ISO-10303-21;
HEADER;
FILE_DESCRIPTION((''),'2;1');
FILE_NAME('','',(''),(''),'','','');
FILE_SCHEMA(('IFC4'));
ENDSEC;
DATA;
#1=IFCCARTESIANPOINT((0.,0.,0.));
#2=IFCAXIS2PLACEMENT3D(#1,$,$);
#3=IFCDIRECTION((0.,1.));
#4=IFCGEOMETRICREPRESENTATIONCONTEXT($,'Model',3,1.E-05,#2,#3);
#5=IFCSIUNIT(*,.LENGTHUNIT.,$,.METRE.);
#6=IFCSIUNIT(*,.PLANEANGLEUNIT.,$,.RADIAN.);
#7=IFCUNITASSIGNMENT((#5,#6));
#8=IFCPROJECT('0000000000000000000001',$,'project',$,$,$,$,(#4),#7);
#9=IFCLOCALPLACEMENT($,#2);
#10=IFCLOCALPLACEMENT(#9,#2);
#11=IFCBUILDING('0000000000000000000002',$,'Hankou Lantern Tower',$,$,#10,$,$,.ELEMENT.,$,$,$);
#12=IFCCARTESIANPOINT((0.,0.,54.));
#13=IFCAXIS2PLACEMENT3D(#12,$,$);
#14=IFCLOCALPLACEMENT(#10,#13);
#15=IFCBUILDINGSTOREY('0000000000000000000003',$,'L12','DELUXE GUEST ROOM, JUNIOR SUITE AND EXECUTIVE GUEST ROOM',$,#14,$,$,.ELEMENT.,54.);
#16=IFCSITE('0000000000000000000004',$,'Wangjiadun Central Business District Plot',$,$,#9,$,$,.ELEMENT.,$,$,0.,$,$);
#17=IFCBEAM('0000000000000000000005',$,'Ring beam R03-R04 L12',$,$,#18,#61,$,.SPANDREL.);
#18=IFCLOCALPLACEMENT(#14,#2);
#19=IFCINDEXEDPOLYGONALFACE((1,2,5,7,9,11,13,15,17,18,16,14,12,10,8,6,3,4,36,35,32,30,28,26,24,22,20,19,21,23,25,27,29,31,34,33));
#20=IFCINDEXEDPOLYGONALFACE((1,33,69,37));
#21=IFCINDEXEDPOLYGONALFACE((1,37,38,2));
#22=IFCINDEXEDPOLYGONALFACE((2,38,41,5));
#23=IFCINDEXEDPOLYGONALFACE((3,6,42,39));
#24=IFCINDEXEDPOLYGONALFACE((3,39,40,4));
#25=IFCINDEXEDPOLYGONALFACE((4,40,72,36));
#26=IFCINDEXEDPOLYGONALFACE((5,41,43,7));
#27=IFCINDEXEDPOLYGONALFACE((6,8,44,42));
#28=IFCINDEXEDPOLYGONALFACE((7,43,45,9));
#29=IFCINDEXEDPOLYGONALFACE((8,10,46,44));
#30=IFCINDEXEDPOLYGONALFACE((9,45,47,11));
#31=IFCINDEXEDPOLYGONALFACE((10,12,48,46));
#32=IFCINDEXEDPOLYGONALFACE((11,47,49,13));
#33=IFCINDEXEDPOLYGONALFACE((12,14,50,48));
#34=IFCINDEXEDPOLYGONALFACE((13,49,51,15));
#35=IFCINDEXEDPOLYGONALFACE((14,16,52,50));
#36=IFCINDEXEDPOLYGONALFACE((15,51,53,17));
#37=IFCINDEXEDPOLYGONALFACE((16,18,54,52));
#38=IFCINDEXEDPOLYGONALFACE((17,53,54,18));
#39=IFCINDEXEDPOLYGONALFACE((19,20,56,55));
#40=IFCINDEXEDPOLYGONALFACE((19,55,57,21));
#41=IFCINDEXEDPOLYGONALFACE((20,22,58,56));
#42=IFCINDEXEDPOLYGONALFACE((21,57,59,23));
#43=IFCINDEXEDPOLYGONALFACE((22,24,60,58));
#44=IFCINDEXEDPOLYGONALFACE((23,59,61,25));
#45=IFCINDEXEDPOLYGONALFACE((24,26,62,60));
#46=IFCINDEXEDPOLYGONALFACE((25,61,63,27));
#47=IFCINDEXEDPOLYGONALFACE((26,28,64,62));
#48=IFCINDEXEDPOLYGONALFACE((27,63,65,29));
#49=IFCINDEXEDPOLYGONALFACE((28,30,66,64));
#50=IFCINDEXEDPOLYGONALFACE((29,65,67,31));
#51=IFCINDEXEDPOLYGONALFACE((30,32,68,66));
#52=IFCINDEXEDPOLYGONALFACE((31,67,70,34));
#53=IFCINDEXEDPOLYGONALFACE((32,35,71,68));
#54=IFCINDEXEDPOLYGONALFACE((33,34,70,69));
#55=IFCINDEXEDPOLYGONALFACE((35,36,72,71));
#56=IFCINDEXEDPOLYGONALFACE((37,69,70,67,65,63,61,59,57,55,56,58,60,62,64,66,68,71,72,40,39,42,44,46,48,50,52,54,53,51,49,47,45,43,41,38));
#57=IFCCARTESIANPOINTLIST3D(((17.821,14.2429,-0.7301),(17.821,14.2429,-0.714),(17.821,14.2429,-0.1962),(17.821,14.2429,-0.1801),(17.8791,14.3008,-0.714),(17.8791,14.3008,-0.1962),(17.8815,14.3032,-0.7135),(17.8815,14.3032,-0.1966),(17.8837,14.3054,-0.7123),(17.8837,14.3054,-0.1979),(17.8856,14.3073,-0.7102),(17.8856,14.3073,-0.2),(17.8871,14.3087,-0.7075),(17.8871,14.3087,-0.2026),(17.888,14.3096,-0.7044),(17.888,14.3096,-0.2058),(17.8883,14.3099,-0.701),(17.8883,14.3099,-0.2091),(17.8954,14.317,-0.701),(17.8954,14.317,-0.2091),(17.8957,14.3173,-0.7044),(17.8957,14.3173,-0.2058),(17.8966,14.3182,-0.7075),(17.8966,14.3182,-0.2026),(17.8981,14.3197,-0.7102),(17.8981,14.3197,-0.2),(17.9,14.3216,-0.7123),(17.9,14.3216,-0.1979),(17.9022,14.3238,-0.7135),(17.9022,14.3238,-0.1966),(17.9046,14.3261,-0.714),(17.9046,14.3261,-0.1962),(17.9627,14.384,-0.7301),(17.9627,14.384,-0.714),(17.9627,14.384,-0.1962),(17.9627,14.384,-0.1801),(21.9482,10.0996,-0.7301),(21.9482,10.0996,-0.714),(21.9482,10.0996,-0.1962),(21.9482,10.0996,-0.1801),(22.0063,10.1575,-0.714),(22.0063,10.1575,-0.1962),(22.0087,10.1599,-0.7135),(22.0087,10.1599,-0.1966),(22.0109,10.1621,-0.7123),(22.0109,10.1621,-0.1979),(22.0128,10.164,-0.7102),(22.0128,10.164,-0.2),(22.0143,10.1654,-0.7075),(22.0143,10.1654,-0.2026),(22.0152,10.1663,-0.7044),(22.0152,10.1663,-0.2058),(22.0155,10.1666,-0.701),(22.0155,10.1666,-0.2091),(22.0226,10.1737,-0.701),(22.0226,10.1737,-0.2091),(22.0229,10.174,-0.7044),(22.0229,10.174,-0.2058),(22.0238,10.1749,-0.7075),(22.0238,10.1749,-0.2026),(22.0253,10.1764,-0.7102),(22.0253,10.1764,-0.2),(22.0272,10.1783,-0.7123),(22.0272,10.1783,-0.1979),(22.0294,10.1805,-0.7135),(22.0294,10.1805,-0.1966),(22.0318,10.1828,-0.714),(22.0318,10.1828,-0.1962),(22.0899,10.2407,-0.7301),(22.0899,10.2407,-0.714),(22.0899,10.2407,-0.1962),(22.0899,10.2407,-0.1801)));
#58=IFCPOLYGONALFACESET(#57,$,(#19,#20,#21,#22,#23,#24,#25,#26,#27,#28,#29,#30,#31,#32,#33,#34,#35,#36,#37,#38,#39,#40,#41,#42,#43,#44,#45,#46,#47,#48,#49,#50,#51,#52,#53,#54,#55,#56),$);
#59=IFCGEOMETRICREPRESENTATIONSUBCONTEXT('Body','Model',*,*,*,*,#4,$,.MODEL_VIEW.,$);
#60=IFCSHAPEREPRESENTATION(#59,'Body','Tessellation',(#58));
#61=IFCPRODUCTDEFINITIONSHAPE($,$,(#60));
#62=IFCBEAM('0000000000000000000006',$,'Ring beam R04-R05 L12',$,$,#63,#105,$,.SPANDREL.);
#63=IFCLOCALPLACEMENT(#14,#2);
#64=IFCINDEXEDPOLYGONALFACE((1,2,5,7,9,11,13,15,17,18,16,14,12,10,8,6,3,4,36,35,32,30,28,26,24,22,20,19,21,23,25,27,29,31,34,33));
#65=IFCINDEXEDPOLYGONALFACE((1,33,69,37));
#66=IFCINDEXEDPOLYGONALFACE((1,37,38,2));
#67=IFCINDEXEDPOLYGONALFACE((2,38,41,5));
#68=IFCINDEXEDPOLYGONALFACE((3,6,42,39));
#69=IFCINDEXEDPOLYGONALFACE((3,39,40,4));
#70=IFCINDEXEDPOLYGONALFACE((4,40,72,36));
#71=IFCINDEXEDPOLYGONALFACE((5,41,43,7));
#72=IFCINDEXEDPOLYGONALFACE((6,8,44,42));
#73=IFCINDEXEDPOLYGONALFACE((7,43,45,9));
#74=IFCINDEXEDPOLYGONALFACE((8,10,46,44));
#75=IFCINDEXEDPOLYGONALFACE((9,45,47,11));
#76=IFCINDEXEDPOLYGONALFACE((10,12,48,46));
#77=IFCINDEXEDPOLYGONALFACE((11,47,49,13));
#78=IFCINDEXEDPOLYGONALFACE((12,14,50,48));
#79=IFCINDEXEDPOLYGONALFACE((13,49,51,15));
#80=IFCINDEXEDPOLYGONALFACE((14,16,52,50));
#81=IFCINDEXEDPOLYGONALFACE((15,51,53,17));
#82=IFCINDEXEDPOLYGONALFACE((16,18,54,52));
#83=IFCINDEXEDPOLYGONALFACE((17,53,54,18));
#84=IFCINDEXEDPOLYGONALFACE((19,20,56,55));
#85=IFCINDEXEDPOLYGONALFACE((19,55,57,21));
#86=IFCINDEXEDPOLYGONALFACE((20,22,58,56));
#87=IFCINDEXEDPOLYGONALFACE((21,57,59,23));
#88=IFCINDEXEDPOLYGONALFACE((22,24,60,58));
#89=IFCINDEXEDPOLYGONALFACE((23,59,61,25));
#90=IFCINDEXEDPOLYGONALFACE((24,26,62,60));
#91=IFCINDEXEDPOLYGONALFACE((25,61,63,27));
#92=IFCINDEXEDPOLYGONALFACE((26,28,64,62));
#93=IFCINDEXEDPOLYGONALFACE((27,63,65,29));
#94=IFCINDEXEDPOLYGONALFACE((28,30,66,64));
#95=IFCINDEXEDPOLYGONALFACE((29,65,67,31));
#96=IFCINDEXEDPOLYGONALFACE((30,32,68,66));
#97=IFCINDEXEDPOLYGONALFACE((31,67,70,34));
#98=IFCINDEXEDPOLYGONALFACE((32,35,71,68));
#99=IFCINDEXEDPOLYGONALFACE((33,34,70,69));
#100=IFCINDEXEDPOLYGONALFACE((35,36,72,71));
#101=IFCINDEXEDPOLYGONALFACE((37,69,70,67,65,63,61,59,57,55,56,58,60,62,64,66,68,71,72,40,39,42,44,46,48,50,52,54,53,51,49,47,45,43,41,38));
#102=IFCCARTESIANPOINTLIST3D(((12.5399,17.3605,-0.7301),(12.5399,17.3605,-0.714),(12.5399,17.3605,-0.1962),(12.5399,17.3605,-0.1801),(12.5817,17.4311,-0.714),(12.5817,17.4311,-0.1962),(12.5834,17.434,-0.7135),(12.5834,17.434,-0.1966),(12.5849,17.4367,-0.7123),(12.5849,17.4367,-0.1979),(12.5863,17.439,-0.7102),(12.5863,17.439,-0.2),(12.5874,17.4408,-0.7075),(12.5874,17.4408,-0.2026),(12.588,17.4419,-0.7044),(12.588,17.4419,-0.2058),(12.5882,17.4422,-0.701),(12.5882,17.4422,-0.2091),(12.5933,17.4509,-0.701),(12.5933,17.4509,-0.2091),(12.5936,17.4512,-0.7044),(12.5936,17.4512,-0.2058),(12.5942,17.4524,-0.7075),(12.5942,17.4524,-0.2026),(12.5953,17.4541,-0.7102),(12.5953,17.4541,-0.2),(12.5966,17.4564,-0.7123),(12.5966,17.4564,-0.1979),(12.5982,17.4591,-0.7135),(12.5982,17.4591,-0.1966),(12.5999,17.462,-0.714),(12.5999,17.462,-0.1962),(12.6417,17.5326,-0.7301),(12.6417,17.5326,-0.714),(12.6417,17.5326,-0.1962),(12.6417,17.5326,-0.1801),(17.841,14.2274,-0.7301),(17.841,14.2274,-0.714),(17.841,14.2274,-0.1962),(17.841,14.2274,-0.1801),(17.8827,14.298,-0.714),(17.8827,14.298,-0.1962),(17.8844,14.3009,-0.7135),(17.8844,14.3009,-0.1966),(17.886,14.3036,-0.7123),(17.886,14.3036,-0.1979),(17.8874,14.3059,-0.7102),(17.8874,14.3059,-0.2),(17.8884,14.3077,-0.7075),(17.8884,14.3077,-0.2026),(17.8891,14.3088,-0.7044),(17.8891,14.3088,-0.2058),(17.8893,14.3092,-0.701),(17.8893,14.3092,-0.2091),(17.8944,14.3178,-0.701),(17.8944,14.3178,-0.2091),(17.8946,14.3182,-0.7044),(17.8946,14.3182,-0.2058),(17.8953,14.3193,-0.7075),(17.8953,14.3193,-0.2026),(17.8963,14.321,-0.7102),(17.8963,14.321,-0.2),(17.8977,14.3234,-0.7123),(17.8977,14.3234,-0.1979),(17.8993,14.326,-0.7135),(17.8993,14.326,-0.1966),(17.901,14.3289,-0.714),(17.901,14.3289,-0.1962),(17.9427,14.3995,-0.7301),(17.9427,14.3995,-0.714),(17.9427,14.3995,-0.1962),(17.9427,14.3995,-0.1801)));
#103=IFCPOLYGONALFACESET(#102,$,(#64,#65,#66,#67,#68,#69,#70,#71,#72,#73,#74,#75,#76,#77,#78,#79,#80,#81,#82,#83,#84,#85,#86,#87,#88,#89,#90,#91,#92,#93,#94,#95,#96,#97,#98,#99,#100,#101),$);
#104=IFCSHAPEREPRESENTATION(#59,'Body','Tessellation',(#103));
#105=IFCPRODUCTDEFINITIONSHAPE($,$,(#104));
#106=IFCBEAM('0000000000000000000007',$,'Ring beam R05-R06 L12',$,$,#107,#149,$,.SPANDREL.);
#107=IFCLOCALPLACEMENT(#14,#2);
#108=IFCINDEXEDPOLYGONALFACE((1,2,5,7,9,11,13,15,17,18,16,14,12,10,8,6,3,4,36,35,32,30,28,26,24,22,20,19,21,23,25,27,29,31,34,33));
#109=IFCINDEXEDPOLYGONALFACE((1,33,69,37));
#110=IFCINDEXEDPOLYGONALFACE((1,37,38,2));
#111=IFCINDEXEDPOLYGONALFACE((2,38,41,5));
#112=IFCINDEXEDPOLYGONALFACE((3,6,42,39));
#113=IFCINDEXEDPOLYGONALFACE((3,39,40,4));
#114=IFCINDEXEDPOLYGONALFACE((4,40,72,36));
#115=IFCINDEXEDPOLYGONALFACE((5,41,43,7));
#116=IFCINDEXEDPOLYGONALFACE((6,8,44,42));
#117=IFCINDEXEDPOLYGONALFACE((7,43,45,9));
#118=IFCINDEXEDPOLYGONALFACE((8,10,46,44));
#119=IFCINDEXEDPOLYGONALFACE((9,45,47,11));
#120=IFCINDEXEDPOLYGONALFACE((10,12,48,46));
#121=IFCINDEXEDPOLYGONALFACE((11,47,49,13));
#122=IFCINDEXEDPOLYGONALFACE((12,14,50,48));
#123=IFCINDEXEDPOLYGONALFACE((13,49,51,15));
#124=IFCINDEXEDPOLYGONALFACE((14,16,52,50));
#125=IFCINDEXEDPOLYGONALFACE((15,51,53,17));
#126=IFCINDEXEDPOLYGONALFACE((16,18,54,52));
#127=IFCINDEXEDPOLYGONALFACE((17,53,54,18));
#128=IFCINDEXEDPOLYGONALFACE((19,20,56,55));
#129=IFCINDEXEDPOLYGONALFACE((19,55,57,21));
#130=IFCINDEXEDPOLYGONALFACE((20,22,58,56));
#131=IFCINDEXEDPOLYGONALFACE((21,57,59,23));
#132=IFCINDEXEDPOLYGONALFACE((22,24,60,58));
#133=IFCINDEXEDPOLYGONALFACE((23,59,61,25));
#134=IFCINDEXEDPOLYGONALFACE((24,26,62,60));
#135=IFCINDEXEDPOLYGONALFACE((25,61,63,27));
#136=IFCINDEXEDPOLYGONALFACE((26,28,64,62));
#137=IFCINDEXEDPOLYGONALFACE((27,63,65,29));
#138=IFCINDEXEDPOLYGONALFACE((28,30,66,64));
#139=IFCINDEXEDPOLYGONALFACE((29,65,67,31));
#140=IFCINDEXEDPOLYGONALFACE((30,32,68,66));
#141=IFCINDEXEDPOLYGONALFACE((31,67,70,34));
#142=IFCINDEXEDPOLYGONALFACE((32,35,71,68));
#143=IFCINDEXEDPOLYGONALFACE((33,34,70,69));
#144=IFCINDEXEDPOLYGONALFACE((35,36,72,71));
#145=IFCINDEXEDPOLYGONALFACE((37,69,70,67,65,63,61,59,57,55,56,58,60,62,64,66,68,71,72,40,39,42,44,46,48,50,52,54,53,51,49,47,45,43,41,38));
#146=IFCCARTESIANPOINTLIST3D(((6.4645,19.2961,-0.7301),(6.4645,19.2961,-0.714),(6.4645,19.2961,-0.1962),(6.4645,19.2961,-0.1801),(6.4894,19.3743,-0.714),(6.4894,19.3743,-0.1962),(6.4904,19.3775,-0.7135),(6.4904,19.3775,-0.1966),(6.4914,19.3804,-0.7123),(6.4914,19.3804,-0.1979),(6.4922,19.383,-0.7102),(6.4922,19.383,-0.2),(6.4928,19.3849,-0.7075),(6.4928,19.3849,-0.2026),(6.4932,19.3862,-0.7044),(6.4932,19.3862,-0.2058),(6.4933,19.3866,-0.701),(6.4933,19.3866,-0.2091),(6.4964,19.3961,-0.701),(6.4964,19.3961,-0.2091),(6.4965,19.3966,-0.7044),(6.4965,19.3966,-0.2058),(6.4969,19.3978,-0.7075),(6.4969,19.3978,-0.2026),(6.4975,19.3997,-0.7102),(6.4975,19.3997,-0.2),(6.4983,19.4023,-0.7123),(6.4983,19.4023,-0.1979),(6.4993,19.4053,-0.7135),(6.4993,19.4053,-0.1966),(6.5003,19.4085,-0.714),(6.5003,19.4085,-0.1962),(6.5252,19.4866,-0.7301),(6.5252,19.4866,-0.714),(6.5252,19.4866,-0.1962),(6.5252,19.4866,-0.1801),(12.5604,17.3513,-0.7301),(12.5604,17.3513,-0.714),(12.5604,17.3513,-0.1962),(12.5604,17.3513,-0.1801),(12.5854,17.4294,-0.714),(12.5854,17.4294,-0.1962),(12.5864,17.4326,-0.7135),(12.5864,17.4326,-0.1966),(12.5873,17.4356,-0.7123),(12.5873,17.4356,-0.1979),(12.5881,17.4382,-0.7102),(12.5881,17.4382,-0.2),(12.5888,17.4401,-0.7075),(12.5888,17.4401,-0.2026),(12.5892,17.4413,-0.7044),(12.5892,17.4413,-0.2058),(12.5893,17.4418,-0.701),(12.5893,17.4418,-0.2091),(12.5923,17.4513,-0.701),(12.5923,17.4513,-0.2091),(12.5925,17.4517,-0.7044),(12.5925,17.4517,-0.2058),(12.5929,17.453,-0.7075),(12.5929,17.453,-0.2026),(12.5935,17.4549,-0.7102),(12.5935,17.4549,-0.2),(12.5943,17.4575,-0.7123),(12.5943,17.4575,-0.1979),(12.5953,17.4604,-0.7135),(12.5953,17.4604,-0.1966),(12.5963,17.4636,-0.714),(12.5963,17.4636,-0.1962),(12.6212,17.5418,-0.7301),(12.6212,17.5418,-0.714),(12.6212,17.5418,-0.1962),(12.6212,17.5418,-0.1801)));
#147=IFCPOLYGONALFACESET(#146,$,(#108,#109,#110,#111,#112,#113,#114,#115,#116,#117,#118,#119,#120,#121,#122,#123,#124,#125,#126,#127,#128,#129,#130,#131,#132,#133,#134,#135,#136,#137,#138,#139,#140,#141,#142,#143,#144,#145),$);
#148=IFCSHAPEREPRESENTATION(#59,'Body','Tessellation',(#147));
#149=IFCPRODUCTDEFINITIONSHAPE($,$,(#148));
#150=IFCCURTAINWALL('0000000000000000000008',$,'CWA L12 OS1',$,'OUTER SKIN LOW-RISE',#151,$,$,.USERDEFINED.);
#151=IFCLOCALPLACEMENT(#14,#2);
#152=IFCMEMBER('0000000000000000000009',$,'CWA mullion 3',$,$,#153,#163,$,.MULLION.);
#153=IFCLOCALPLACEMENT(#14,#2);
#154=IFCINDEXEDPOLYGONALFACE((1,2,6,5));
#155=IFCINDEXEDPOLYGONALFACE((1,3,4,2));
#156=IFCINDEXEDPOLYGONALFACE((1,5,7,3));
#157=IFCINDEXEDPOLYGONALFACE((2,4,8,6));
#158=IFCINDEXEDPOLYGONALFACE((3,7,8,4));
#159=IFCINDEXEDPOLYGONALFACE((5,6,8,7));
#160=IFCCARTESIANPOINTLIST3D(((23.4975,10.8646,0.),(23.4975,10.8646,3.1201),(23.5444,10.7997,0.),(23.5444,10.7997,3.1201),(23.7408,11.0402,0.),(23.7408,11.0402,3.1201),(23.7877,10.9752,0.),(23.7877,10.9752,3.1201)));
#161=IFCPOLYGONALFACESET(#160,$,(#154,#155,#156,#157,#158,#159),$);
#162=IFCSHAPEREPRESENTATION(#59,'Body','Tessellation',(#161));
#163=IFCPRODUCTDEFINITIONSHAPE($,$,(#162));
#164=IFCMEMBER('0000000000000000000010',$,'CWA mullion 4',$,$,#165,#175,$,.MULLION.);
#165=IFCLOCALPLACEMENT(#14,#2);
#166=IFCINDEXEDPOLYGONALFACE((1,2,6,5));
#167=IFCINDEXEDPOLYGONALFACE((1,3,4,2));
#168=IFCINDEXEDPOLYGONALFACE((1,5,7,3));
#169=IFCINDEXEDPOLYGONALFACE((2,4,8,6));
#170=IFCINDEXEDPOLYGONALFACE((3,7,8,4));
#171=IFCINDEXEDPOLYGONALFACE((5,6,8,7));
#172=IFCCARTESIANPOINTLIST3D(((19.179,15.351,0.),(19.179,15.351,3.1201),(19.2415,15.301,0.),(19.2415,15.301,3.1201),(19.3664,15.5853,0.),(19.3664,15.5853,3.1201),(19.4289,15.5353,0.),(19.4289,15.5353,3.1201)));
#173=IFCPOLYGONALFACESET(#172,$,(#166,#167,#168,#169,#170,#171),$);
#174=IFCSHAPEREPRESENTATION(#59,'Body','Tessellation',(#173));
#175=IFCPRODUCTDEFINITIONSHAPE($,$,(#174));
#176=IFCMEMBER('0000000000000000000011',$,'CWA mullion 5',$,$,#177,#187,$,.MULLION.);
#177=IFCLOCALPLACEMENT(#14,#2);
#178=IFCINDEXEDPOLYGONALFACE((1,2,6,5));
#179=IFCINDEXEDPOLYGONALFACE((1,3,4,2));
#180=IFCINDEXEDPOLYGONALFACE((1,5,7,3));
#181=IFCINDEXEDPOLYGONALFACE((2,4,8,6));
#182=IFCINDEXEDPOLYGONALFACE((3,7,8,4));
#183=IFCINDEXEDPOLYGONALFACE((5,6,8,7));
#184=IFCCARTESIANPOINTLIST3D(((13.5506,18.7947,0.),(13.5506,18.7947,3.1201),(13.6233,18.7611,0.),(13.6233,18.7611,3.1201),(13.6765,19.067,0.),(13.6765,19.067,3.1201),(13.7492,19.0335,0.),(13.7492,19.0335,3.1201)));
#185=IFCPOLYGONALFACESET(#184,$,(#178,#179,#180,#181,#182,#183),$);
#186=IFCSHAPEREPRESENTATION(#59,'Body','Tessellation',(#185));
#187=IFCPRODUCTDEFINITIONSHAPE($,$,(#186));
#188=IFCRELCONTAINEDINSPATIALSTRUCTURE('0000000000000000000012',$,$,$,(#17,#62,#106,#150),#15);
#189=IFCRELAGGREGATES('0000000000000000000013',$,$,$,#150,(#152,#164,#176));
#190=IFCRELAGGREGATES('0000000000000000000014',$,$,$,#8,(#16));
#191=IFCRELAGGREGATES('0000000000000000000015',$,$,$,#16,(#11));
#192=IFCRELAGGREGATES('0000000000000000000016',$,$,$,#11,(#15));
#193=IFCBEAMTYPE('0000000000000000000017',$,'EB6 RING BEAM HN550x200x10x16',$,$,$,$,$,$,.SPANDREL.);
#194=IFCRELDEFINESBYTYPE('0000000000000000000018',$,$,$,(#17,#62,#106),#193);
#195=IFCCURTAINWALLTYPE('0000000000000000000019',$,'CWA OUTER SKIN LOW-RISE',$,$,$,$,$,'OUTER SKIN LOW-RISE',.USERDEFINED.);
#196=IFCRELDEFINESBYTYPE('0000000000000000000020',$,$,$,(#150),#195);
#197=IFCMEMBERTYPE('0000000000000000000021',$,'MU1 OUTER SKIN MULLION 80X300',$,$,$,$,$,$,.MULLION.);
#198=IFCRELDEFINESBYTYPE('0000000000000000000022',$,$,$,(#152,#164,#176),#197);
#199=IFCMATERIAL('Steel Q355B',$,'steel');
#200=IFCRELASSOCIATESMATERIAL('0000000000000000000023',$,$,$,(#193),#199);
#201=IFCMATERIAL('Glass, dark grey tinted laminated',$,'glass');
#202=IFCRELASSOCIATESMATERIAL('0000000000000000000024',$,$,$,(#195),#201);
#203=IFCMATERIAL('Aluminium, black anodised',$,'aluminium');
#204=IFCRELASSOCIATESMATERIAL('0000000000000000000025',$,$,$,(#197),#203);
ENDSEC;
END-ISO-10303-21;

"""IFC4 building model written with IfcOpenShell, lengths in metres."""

from ifc_helpers import new_model, si_unit, direction, frame, origin, origin_2d, place, context, subcontext, project, spatial, rectangle, i_section, extrude, material, material_profile, profile_set, type_object, element, aggregate, save


model = new_model("IFC4")

# Units and contexts
model_context = context("Model", 3, precision=1e-05, world=origin(), true_north=direction((0.0, 1.0)))
body_context = subcontext(model_context, "Body", "Model", "MODEL_VIEW")
ifc_project = project(units=[si_unit("LENGTHUNIT", "METRE"), si_unit("PLANEANGLEUNIT", "RADIAN")], contexts=[model_context])

# Site, building, storey
site_placement = place(None, origin())
site = spatial("IfcSite", under=ifc_project, at=site_placement, Name="Wangjiadun Central Business District Plot", CompositionType="ELEMENT", RefElevation=0.0)
building_placement = place(site_placement, origin())
building = spatial("IfcBuilding", under=site, at=building_placement, Name="Hankou Lantern Tower", CompositionType="ELEMENT")
storey_placement = place(building_placement, frame((0.0, 0.0, 54.0)))
storey = spatial("IfcBuildingStorey", under=building, at=storey_placement, Name="L12", Description="DELUXE GUEST ROOM, JUNIOR SUITE AND EXECUTIVE GUEST ROOM", CompositionType="ELEMENT", Elevation=54.0)

# Beams
ifc_material_1 = material(Name="Steel Q355B", Category="steel")
ifc_material_profile_1 = material_profile(ifc_material_1, i_section(OverallWidth=0.2, OverallDepth=0.55, WebThickness=0.01, FlangeThickness=0.0161, FilletRadius=0.0129, at=origin_2d()), Name="HN550x200x10x16")
ifc_profile_set_1 = profile_set([ifc_material_profile_1], Name="Steel Q355B")
beam_type_1 = type_object("IfcBeamType", Name="EB6 RING BEAM HN550x200x10x16", PredefinedType="SPANDREL", material=ifc_profile_set_1)
beam_1_placement = place(storey_placement, frame((22.019, 10.1702, -0.4551), z_axis=(-0.705728, 0.708483, 0.0), x_axis=(-0.708483, -0.705728, 0.0)))
element("IfcBeam", 1, at=beam_1_placement, inside=storey, type_object=beam_type_1, Name="Ring beam R03-R04 L12", PredefinedType="SPANDREL", context=body_context, shape_type="SweptSolid", body=[
    extrude(i_section(OverallWidth=0.2, OverallDepth=0.55, WebThickness=0.01, FlangeThickness=0.0161, FilletRadius=0.0129, at=origin_2d()), origin(), (0.0, 0.0, 1.0), 5.8481),
])
beam_2_placement = place(storey_placement, frame((17.8918, 14.3135, -0.4551), z_axis=(-0.860882, 0.508805, 0.0), x_axis=(-0.508805, -0.860882, 0.0)))
element("IfcBeam", 2, at=beam_2_placement, inside=storey, type_object=beam_type_1, Name="Ring beam R04-R05 L12", PredefinedType="SPANDREL", context=body_context, shape_type="SweptSolid", body=[
    extrude(i_section(OverallWidth=0.2, OverallDepth=0.55, WebThickness=0.01, FlangeThickness=0.0161, FilletRadius=0.0129, at=origin_2d()), origin(), (0.0, 0.0, 1.0), 6.1577),
])
beam_3_placement = place(storey_placement, frame((12.5908, 17.4465, -0.4551), z_axis=(-0.95269, 0.303942, 0.0), x_axis=(-0.303942, -0.95269, 0.0)))
element("IfcBeam", 3, at=beam_3_placement, inside=storey, type_object=beam_type_1, Name="Ring beam R05-R06 L12", PredefinedType="SPANDREL", context=body_context, shape_type="SweptSolid", body=[
    extrude(i_section(OverallWidth=0.2, OverallDepth=0.55, WebThickness=0.01, FlangeThickness=0.0161, FilletRadius=0.0129, at=origin_2d()), origin(), (0.0, 0.0, 1.0), 6.3987),
])

# Curtain wall, members
ifc_material_2 = material(Name="Glass, dark grey tinted laminated", Category="glass")
curtain_wall_type = type_object("IfcCurtainWallType", Name="CWA OUTER SKIN LOW-RISE", ElementType="OUTER SKIN LOW-RISE", PredefinedType="USERDEFINED", material=ifc_material_2)
curtain_wall_placement = place(storey_placement, origin())
curtain_wall = element("IfcCurtainWall", 4, at=curtain_wall_placement, inside=storey, type_object=curtain_wall_type, Name="CWA L12 OS1", ObjectType="OUTER SKIN LOW-RISE", PredefinedType="USERDEFINED")
ifc_material_3 = material(Name="Aluminium, black anodised", Category="aluminium")
ifc_material_profile_2 = material_profile(ifc_material_3, rectangle(XDim=0.0801, YDim=0.3, at=origin_2d()), Name="MU1 80X300")
ifc_profile_set_2 = profile_set([ifc_material_profile_2], Name="Aluminium, black anodised")
member_type_1 = type_object("IfcMemberType", Name="MU1 OUTER SKIN MULLION 80X300", PredefinedType="MULLION", material=ifc_profile_set_2)
member_1_placement = place(storey_placement, frame((23.6426, 10.9199, 0.0), z_axis=(0.0, 0.0, 1.0), x_axis=(-0.585206, 0.810885, 0.0)))
member_1 = element("IfcMember", 5, at=member_1_placement, type_object=member_type_1, Name="CWA mullion 3", PredefinedType="MULLION", context=body_context, shape_type="SweptSolid", body=[
    extrude(rectangle(XDim=0.0801, YDim=0.3, at=origin_2d()), origin(), (0.0, 0.0, 1.0), 3.1201),
])
member_2_placement = place(storey_placement, frame((19.304, 15.4431, 0.0), z_axis=(0.0, 0.0, 1.0), x_axis=(-0.780869, 0.624695, 0.0)))
member_2 = element("IfcMember", 6, at=member_2_placement, type_object=member_type_1, Name="CWA mullion 4", PredefinedType="MULLION", context=body_context, shape_type="SweptSolid", body=[
    extrude(rectangle(XDim=0.0801, YDim=0.3, at=origin_2d()), origin(), (0.0, 0.0, 1.0), 3.1201),
])
member_3_placement = place(storey_placement, frame((13.6499, 18.9141, 0.0), z_axis=(0.0, 0.0, 1.0), x_axis=(-0.907841, 0.419314, 0.0)))
member_3 = element("IfcMember", 7, at=member_3_placement, type_object=member_type_1, Name="CWA mullion 5", PredefinedType="MULLION", context=body_context, shape_type="SweptSolid", body=[
    extrude(rectangle(XDim=0.0801, YDim=0.3, at=origin_2d()), origin(), (0.0, 0.0, 1.0), 3.1201),
])

aggregate(curtain_wall, [member_1, member_2, member_3])

save(model, "model.ifc")
